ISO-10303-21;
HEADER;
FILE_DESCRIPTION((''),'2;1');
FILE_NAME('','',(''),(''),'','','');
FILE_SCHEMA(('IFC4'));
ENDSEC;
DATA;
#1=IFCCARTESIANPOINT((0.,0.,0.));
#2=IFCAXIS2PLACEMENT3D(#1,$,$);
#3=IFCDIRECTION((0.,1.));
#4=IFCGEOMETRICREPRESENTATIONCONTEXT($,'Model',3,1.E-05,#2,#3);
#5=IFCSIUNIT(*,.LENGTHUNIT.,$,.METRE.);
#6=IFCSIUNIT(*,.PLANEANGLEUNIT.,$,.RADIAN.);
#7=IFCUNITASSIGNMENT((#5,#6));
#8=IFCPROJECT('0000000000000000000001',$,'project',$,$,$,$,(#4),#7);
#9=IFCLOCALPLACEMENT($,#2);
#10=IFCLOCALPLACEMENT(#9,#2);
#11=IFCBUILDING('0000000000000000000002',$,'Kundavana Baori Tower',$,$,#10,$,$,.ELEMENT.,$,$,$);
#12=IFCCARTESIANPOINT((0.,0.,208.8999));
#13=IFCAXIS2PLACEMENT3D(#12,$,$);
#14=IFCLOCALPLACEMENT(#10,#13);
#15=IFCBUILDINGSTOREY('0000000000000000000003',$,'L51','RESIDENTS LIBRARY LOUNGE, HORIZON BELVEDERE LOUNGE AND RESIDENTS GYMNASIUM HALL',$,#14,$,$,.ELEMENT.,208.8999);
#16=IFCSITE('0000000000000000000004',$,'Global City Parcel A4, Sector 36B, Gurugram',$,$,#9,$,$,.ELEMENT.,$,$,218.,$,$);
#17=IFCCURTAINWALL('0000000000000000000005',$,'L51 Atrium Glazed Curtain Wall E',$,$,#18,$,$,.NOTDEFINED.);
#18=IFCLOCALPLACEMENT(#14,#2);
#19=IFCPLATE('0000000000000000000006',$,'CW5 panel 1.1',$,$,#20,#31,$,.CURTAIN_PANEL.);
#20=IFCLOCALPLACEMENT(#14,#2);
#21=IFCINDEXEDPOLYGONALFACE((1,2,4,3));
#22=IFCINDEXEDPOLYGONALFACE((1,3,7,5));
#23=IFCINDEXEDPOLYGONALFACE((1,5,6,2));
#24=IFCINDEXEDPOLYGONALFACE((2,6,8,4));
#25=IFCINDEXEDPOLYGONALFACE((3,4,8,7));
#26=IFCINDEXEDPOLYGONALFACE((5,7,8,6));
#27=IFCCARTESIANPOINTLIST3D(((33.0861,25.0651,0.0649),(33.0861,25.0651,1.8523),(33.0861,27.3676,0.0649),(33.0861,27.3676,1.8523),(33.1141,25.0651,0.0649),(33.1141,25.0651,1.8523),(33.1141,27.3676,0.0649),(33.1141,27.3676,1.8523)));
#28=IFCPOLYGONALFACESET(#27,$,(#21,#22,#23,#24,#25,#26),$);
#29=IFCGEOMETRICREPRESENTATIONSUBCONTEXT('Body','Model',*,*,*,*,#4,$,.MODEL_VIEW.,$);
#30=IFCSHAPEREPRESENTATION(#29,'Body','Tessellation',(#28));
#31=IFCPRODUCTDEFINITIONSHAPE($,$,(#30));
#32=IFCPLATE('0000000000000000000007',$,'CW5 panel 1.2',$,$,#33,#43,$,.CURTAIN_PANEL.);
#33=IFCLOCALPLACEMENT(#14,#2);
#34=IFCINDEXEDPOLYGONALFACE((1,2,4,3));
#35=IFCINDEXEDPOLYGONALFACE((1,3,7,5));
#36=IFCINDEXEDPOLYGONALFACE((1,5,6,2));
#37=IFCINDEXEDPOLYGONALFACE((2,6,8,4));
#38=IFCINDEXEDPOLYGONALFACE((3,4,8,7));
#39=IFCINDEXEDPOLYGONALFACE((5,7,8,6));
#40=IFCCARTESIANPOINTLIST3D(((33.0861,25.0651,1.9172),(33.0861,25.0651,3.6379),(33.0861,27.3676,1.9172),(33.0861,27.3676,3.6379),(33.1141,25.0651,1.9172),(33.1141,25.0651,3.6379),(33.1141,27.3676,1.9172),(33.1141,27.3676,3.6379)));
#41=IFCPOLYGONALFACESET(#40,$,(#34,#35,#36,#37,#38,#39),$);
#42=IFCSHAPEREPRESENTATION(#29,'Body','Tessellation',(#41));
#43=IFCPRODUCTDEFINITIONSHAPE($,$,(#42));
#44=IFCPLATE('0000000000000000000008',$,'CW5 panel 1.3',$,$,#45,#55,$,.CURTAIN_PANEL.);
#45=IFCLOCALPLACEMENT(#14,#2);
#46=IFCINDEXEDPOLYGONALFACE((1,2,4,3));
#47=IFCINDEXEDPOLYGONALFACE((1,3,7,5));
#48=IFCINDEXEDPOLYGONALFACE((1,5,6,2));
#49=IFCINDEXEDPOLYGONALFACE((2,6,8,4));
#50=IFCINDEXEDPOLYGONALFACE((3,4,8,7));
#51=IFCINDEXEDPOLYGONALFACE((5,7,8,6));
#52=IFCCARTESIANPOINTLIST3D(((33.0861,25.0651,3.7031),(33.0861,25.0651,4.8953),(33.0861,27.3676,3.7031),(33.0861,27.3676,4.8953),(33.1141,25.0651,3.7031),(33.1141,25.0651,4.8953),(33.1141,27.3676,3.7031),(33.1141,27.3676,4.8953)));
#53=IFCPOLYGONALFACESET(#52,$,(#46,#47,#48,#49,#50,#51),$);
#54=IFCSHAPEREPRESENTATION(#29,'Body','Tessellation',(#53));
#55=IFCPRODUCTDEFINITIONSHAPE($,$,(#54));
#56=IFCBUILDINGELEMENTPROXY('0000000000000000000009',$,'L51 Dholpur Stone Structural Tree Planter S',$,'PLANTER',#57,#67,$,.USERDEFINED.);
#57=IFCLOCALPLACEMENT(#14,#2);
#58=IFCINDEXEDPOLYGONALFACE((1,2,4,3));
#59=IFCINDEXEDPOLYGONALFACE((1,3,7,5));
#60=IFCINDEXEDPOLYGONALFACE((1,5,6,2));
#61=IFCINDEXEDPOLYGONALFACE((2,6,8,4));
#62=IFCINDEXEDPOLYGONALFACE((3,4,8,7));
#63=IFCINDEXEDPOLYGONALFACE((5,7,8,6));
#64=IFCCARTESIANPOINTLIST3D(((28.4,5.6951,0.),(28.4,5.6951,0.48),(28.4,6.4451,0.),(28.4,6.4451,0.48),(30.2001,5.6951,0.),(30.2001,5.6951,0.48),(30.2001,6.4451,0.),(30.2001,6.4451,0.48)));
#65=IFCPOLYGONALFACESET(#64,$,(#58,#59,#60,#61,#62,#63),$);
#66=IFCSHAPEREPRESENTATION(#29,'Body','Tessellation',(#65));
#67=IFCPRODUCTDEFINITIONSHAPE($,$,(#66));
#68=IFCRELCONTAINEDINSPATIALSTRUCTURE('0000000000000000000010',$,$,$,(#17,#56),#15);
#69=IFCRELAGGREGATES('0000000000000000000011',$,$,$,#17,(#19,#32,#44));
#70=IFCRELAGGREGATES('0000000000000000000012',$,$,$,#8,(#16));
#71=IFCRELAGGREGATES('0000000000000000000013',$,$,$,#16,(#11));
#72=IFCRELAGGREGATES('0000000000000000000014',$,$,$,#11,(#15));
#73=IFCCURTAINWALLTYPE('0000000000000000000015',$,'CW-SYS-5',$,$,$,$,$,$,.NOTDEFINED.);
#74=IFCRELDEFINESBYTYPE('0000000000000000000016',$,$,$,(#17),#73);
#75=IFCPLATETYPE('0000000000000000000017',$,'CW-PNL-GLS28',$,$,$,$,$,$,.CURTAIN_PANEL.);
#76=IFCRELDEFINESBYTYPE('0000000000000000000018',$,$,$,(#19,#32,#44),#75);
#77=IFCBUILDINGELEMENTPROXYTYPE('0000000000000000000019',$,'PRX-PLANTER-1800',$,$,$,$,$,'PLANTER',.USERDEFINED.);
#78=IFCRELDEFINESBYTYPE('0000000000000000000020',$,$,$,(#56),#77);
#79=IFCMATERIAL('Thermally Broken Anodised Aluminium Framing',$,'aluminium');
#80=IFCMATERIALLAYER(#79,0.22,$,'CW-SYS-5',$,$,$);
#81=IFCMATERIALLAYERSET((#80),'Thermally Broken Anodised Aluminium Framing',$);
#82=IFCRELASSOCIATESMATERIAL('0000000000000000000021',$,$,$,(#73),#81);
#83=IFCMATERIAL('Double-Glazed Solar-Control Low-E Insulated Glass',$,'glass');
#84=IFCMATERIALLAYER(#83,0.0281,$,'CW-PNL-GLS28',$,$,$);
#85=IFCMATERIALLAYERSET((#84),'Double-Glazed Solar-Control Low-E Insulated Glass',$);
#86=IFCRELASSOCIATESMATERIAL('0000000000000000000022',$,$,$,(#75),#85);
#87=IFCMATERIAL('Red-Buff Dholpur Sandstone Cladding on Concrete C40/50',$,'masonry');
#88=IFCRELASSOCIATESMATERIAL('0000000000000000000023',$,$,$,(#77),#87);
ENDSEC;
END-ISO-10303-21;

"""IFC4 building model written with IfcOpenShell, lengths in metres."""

from ifc_helpers import new_model, si_unit, direction, frame, origin, origin_2d, place, context, subcontext, project, spatial, rectangle, extrude, material, layer, layer_set, type_object, element, aggregate, save


model = new_model("IFC4")

# Units and contexts
model_context = context("Model", 3, precision=1e-05, world=origin(), true_north=direction((0.0, 1.0)))
body_context = subcontext(model_context, "Body", "Model", "MODEL_VIEW")
ifc_project = project(units=[si_unit("LENGTHUNIT", "METRE"), si_unit("PLANEANGLEUNIT", "RADIAN")], contexts=[model_context])

# Site, building, storey
site_placement = place(None, origin())
site = spatial("IfcSite", under=ifc_project, at=site_placement, Name="Global City Parcel A4, Sector 36B, Gurugram", CompositionType="ELEMENT", RefElevation=218.0)
building_placement = place(site_placement, origin())
building = spatial("IfcBuilding", under=site, at=building_placement, Name="Kundavana Baori Tower", CompositionType="ELEMENT")
storey_placement = place(building_placement, frame((0.0, 0.0, 208.8999)))
storey = spatial("IfcBuildingStorey", under=building, at=storey_placement, Name="L51", Description="RESIDENTS LIBRARY LOUNGE, HORIZON BELVEDERE LOUNGE AND RESIDENTS GYMNASIUM HALL", CompositionType="ELEMENT", Elevation=208.8999)

# Curtain wall
ifc_material_1 = material(Name="Thermally Broken Anodised Aluminium Framing", Category="aluminium")
ifc_layer_1 = layer(ifc_material_1, 0.22, Name="CW-SYS-5")
ifc_layer_set_1 = layer_set([ifc_layer_1], Name="Thermally Broken Anodised Aluminium Framing")
curtain_wall_type = type_object("IfcCurtainWallType", Name="CW-SYS-5", PredefinedType="NOTDEFINED", material=ifc_layer_set_1)
curtain_wall_1_placement = place(storey_placement, origin())
curtain_wall_1 = element("IfcCurtainWall", 1, at=curtain_wall_1_placement, inside=storey, type_object=curtain_wall_type, Name="L51 Atrium Glazed Curtain Wall E", PredefinedType="NOTDEFINED")

# Plates
ifc_material_2 = material(Name="Double-Glazed Solar-Control Low-E Insulated Glass", Category="glass")
ifc_layer_2 = layer(ifc_material_2, 0.0281, Name="CW-PNL-GLS28")
ifc_layer_set_2 = layer_set([ifc_layer_2], Name="Double-Glazed Solar-Control Low-E Insulated Glass")
plate_type = type_object("IfcPlateType", Name="CW-PNL-GLS28", PredefinedType="CURTAIN_PANEL", material=ifc_layer_set_2)
plate_1_placement = place(storey_placement, frame((33.1001, 26.2163, 0.0649), z_axis=(0.0, 0.0, 1.0), x_axis=(0.0, 1.0, 0.0)))
plate_1 = element("IfcPlate", 2, at=plate_1_placement, type_object=plate_type, Name="CW5 panel 1.1", PredefinedType="CURTAIN_PANEL", context=body_context, shape_type="SweptSolid", body=[
    extrude(rectangle(XDim=2.3025, YDim=0.0281, at=origin_2d()), origin(), (0.0, 0.0, 1.0), 1.7874),
])
plate_2_placement = place(storey_placement, frame((33.1001, 26.2163, 1.9172), z_axis=(0.0, 0.0, 1.0), x_axis=(0.0, 1.0, 0.0)))
plate_2 = element("IfcPlate", 3, at=plate_2_placement, type_object=plate_type, Name="CW5 panel 1.2", PredefinedType="CURTAIN_PANEL", context=body_context, shape_type="SweptSolid", body=[
    extrude(rectangle(XDim=2.3025, YDim=0.0281, at=origin_2d()), origin(), (0.0, 0.0, 1.0), 1.7207),
])
plate_3_placement = place(storey_placement, frame((33.1001, 26.2163, 3.7031), z_axis=(0.0, 0.0, 1.0), x_axis=(0.0, 1.0, 0.0)))
plate_3 = element("IfcPlate", 4, at=plate_3_placement, type_object=plate_type, Name="CW5 panel 1.3", PredefinedType="CURTAIN_PANEL", context=body_context, shape_type="SweptSolid", body=[
    extrude(rectangle(XDim=2.3025, YDim=0.0281, at=origin_2d()), origin(), (0.0, 0.0, 1.0), 1.1921),
])
aggregate(curtain_wall_1, [plate_1, plate_2, plate_3])

# Building element proxy
ifc_material_3 = material(Name="Red-Buff Dholpur Sandstone Cladding on Concrete C40/50", Category="masonry")
building_element_proxy_type = type_object("IfcBuildingElementProxyType", Name="PRX-PLANTER-1800", ElementType="PLANTER", PredefinedType="USERDEFINED", material=ifc_material_3)
proxy_placement = place(storey_placement, frame((29.3, 6.0701, 0.0), z_axis=(0.0, 0.0, 1.0), x_axis=(1.0, 0.0, 0.0)))
element("IfcBuildingElementProxy", 5, at=proxy_placement, inside=storey, type_object=building_element_proxy_type, Name="L51 Dholpur Stone Structural Tree Planter S", ObjectType="PLANTER", PredefinedType="USERDEFINED", context=body_context, shape_type="SweptSolid", body=[
    extrude(rectangle(XDim=1.8, YDim=0.75, at=origin_2d()), origin(), (0.0, 0.0, 1.0), 0.48),
])

save(model, "model.ifc")
